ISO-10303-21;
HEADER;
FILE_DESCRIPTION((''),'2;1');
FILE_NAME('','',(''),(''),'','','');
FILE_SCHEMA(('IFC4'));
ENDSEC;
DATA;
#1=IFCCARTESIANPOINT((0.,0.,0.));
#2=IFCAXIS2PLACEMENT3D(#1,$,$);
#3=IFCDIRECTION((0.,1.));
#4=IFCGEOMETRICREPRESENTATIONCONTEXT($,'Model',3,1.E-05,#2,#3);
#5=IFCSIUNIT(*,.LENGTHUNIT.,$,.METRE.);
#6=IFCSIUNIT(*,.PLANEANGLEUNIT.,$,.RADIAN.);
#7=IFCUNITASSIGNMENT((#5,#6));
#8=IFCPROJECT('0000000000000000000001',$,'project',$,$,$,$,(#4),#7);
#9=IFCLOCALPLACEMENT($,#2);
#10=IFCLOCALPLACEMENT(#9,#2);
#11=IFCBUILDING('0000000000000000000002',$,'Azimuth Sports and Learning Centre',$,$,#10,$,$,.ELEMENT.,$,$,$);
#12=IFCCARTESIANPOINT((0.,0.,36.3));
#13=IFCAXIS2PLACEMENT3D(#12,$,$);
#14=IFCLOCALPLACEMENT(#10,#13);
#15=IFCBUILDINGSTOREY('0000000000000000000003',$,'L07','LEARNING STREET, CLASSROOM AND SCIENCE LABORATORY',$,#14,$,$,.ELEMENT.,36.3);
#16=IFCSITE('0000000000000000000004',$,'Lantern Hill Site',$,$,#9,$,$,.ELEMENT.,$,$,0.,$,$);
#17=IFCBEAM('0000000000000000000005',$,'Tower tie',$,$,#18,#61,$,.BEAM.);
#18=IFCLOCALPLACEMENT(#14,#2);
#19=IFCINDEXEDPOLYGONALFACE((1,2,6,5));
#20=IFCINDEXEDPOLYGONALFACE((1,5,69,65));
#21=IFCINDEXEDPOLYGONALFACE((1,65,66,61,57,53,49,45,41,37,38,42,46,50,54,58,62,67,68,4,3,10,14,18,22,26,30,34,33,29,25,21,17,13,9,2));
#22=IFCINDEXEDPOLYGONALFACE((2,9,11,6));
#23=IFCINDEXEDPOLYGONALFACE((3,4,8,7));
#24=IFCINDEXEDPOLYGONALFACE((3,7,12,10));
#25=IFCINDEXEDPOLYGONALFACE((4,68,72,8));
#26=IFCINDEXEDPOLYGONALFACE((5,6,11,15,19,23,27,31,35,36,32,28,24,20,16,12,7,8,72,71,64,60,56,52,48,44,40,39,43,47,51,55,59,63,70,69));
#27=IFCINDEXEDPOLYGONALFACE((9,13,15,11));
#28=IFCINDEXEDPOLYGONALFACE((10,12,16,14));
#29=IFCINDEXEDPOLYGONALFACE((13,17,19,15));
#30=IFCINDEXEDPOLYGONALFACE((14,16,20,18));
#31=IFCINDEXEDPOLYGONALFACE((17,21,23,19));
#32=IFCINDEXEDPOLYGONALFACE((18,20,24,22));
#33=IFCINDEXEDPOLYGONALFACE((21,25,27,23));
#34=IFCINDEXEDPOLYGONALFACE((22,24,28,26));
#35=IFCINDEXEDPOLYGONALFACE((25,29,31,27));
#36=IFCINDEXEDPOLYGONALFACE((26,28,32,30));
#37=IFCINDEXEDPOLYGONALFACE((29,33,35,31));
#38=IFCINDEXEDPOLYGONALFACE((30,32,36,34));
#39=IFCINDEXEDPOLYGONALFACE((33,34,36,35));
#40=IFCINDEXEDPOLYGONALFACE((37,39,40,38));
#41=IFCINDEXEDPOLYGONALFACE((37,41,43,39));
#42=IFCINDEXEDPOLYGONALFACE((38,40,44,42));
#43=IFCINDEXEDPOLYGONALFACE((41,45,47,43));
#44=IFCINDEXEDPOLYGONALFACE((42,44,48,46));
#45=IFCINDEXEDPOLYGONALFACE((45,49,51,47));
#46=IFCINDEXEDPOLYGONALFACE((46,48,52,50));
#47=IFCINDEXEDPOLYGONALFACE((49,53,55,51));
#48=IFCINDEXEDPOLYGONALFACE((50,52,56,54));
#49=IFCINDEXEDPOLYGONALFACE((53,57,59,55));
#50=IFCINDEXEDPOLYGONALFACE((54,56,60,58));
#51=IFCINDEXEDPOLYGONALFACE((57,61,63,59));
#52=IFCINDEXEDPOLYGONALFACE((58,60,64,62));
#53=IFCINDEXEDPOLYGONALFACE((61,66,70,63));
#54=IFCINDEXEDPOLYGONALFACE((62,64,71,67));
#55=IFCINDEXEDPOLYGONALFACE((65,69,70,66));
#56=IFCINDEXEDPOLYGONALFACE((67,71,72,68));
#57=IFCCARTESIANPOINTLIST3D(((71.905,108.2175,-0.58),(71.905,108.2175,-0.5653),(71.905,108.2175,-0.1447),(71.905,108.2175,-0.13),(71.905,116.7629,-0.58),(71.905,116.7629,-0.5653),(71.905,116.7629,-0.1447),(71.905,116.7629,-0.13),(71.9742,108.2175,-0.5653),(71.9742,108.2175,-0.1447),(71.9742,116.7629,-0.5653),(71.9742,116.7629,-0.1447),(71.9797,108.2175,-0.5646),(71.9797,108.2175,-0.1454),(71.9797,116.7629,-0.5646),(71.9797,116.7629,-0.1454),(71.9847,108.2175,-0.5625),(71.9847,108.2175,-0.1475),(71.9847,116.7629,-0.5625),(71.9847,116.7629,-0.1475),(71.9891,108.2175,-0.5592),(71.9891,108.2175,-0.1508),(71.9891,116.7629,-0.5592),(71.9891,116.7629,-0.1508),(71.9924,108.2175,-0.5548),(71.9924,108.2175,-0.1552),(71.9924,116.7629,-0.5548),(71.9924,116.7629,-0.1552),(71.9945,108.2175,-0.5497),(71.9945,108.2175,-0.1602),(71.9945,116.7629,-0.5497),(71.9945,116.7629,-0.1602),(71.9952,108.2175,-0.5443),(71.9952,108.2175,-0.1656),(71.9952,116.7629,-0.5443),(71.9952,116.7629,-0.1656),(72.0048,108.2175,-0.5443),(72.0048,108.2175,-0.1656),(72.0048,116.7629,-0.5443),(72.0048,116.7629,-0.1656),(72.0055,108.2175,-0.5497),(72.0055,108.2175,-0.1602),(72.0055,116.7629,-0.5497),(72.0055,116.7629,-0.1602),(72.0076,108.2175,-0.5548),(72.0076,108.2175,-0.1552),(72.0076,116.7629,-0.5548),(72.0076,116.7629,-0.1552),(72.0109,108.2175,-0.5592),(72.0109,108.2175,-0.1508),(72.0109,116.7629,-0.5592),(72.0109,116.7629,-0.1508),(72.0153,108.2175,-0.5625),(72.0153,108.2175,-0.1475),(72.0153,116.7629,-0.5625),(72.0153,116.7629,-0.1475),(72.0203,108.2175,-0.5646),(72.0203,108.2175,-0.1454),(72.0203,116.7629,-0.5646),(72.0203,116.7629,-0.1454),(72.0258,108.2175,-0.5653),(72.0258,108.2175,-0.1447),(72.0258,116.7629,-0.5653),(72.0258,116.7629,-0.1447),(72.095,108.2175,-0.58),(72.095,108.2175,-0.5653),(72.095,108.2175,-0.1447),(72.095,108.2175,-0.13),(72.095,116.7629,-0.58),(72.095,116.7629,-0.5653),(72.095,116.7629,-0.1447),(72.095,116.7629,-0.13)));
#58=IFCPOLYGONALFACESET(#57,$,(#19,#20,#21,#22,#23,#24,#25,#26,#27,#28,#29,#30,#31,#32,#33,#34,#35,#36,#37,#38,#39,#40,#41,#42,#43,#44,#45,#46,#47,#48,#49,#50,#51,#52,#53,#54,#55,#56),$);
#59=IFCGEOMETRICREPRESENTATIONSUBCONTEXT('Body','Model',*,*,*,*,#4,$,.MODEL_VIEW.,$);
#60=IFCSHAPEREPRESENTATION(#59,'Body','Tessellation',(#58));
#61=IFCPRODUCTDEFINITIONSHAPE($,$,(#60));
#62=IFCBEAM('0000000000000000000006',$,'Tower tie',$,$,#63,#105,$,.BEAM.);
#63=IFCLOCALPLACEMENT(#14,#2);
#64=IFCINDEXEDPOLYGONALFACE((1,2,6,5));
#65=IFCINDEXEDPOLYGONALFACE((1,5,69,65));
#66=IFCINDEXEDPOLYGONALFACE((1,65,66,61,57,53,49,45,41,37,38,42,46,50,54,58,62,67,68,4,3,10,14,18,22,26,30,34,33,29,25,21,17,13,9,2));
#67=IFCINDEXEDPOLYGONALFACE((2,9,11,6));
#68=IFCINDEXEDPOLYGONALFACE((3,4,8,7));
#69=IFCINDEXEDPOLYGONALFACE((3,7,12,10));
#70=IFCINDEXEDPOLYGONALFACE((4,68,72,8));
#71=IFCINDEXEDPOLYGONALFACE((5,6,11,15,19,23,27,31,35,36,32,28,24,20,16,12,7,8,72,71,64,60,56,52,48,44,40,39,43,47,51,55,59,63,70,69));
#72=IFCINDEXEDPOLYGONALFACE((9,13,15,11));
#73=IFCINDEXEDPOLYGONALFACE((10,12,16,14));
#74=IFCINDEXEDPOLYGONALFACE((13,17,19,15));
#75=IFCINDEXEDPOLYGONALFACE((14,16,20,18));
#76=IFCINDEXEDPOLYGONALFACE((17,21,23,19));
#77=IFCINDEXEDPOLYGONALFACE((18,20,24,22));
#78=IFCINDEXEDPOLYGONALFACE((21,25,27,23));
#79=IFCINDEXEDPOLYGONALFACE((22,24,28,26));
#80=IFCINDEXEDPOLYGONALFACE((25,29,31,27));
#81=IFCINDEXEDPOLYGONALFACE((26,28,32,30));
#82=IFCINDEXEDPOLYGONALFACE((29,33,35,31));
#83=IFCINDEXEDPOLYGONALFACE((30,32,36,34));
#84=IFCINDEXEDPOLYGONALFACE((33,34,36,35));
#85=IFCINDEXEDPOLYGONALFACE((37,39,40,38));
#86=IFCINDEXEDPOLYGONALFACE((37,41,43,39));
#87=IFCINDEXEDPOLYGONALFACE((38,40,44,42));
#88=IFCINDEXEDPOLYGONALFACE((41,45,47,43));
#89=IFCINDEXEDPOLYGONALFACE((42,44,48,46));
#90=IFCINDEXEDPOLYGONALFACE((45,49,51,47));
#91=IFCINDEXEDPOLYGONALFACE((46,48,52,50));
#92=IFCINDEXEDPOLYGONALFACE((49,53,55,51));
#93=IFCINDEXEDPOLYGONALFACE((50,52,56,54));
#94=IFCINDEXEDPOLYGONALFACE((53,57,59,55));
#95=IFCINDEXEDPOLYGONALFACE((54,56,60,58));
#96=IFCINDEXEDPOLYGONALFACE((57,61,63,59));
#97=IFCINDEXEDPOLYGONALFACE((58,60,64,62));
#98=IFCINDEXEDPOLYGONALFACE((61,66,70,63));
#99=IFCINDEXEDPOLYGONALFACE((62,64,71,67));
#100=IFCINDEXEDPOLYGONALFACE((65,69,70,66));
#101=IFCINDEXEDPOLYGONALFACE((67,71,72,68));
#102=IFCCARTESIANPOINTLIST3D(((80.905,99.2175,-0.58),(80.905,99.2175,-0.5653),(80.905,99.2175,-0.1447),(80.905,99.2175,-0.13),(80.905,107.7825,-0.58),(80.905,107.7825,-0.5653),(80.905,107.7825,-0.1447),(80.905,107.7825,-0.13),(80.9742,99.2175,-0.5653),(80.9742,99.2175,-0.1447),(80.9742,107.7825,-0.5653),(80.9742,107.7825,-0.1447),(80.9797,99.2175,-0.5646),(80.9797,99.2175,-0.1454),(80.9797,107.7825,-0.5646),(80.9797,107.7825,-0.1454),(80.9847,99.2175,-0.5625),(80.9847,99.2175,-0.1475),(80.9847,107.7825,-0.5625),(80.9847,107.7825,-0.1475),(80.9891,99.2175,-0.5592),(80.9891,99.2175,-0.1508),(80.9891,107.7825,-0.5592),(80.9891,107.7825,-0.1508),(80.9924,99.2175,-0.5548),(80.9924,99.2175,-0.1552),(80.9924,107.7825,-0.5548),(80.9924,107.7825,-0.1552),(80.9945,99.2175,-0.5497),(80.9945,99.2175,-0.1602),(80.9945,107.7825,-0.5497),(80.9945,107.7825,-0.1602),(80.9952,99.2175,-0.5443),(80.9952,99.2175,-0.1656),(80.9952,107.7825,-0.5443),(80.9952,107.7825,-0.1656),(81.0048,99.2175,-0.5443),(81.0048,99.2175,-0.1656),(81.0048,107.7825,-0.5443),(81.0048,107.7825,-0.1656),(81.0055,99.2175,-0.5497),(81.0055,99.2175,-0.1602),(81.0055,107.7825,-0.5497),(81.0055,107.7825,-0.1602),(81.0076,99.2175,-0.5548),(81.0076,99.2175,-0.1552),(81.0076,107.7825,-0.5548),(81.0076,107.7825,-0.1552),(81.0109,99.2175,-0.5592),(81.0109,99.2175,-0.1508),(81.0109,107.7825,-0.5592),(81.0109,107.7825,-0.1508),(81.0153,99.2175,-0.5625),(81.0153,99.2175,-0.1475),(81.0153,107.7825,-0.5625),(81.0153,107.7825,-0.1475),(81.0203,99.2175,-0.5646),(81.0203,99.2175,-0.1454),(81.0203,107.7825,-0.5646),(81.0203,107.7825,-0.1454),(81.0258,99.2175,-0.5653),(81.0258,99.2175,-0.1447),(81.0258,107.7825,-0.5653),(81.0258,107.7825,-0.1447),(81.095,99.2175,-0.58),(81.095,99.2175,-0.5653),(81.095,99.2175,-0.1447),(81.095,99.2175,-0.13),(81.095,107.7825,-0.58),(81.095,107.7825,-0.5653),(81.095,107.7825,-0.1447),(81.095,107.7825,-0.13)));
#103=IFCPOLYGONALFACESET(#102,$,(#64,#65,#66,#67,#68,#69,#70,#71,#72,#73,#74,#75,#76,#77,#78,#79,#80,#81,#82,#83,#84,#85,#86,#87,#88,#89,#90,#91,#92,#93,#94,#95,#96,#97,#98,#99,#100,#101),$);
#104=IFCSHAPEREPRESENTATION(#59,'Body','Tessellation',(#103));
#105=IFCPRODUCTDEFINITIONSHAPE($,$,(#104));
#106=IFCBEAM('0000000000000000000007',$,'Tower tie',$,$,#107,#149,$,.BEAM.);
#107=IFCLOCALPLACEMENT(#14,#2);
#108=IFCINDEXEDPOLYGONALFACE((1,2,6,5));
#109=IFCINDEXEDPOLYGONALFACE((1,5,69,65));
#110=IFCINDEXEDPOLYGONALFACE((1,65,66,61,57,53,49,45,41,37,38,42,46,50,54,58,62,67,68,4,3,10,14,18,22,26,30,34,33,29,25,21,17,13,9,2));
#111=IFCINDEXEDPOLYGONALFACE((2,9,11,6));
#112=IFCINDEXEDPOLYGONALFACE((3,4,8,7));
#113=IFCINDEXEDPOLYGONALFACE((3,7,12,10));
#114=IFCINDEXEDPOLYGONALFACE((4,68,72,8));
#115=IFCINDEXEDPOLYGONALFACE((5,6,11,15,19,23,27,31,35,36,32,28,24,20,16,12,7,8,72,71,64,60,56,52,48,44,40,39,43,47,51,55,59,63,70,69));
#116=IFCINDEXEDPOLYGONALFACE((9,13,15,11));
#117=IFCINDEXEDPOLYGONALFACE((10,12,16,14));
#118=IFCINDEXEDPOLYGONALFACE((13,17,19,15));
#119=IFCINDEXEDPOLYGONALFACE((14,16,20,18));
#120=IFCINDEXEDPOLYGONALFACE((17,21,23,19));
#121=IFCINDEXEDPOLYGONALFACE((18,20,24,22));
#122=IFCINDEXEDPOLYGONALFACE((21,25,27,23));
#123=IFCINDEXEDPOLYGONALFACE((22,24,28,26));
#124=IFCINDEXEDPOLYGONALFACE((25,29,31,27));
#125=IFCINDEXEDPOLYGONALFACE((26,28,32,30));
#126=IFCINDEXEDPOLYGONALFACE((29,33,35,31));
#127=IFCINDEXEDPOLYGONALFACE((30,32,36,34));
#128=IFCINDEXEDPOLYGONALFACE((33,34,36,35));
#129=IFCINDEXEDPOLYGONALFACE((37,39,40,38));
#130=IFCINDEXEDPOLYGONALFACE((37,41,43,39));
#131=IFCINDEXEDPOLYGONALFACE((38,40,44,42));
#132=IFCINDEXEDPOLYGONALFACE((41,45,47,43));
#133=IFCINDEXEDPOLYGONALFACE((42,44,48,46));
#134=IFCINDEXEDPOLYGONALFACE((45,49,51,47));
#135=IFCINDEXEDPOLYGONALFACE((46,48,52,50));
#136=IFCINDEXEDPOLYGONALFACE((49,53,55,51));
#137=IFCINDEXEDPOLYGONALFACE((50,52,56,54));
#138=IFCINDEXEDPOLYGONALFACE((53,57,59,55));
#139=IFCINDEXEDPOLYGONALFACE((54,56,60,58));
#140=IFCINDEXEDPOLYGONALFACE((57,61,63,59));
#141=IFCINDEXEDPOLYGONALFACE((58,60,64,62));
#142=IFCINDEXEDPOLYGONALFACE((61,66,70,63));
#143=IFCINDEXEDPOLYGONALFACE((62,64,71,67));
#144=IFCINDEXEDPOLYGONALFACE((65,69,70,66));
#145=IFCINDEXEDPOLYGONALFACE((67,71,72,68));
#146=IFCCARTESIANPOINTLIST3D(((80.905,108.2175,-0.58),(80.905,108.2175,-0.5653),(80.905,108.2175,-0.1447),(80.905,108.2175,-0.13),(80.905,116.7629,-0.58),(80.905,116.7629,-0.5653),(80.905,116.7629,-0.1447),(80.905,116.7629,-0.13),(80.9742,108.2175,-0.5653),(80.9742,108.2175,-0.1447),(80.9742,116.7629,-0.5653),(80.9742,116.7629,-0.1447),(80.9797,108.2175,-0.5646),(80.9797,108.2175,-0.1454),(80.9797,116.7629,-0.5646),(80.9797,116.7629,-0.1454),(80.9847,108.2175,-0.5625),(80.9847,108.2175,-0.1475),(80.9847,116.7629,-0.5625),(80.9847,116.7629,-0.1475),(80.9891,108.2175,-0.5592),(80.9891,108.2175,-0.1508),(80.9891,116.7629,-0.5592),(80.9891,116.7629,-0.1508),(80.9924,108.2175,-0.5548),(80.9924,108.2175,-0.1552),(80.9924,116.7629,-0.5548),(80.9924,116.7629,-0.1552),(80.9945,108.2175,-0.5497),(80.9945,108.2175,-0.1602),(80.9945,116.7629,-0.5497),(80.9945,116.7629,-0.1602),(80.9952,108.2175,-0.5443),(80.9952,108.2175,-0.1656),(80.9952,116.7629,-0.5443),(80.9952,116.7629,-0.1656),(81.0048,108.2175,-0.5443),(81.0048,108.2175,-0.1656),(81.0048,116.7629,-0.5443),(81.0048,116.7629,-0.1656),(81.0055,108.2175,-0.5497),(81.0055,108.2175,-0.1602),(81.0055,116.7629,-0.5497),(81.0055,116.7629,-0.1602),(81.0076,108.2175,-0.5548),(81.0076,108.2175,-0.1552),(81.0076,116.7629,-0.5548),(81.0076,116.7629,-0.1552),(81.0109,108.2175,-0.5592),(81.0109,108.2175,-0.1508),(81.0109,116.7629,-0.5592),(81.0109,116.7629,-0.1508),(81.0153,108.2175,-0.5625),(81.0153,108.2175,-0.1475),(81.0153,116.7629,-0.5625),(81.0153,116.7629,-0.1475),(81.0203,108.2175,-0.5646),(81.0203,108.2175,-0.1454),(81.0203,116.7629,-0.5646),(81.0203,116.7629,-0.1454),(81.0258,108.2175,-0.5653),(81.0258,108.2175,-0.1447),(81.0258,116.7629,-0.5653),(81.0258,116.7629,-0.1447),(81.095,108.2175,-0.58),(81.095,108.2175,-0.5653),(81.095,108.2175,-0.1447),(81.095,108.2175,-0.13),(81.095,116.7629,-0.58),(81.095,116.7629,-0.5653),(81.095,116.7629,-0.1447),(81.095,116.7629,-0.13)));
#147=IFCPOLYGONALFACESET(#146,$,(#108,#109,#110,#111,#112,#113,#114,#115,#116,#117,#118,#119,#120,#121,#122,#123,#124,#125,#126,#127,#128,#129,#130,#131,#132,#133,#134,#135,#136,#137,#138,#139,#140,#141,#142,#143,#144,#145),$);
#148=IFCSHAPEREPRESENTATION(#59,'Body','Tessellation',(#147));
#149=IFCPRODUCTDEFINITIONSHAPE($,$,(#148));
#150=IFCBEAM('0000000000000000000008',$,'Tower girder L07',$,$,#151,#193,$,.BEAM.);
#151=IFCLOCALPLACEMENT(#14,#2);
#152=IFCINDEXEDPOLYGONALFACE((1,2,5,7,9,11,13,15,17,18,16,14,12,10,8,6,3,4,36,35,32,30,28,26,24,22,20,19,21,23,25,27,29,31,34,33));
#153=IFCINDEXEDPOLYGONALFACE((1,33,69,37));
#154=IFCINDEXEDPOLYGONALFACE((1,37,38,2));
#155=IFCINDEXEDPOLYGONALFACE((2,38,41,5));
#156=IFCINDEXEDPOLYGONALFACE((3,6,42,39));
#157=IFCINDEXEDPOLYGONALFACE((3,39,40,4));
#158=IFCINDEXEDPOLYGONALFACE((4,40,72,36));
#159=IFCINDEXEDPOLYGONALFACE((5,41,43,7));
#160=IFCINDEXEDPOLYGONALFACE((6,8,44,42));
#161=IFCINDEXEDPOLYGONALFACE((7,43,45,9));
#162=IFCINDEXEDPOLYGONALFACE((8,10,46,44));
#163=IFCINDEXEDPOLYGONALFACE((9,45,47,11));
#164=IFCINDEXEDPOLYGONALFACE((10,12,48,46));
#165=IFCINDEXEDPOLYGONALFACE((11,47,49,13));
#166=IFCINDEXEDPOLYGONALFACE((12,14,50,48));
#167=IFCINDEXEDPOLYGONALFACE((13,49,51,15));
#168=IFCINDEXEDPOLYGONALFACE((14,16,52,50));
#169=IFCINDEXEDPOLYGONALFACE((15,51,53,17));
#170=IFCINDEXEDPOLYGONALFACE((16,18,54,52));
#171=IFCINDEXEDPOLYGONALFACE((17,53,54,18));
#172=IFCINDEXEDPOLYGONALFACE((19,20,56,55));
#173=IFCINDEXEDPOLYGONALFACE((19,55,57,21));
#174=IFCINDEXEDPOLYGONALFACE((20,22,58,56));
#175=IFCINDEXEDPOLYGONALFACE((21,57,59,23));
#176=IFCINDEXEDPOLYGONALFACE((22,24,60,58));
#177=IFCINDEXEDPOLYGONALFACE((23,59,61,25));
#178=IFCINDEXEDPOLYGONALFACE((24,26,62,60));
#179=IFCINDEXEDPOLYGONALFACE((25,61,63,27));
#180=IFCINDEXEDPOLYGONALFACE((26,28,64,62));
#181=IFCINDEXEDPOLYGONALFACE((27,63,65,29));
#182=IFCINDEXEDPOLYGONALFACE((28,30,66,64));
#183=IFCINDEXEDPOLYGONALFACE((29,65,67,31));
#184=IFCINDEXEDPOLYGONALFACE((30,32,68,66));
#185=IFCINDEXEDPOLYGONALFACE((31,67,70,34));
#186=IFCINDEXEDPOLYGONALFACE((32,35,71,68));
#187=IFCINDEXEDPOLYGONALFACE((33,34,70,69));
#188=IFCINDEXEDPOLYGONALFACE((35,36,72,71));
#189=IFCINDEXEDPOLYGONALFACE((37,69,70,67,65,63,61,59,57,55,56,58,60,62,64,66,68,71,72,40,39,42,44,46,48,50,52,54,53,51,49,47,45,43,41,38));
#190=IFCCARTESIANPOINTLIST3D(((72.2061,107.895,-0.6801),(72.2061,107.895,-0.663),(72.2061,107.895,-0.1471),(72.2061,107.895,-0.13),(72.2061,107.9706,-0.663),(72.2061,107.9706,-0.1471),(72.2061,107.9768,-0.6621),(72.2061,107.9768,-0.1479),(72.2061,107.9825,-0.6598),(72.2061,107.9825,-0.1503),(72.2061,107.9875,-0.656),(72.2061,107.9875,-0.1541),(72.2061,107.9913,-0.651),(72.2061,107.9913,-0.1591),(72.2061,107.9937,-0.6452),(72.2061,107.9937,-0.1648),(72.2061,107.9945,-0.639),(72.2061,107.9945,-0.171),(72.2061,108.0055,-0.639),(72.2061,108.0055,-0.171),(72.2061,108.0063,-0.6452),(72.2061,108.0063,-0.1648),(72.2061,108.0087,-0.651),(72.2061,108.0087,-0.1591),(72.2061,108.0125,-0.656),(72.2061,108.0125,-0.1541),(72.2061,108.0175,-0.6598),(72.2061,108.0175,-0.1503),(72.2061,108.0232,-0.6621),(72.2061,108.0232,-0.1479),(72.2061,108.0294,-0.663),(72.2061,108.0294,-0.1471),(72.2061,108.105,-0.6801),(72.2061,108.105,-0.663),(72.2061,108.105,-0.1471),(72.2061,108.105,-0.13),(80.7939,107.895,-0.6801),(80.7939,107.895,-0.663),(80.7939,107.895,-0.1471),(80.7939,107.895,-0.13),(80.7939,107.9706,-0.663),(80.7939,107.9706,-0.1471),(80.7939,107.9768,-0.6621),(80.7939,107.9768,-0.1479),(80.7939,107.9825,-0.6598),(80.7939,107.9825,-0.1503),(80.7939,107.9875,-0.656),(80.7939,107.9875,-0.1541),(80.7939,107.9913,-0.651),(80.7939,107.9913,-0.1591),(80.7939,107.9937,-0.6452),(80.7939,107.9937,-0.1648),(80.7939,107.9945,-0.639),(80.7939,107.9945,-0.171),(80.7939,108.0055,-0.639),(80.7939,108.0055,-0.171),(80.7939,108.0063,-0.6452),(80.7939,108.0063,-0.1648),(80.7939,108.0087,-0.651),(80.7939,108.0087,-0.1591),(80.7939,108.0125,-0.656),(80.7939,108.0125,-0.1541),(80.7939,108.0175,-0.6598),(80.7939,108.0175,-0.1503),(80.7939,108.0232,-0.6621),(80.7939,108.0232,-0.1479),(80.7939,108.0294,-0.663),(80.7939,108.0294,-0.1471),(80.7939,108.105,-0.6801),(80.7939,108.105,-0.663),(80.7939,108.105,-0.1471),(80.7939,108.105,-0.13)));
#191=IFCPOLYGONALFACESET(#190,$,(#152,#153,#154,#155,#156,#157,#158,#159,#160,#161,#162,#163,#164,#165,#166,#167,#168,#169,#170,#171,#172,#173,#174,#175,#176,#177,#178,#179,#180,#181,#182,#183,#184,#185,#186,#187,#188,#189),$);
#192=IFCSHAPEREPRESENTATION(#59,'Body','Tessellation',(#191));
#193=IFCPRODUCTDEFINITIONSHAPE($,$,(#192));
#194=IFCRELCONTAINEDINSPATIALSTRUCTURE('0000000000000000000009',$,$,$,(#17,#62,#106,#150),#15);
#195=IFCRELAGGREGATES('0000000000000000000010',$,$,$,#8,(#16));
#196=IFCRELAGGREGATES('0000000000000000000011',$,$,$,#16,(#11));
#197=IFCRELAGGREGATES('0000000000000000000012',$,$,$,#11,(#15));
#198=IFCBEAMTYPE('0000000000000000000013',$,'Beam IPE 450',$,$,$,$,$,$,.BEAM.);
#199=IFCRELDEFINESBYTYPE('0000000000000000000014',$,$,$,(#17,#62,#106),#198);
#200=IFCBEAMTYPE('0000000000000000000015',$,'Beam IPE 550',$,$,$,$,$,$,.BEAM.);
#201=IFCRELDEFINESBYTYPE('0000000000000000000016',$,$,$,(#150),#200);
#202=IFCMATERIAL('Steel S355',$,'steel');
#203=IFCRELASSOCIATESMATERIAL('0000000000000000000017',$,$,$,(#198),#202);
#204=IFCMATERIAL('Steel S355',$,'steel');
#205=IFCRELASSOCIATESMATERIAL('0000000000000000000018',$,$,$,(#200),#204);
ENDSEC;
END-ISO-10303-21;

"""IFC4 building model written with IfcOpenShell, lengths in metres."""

from ifc_helpers import new_model, si_unit, direction, frame, origin, origin_2d, place, context, subcontext, project, spatial, i_section, extrude, material, material_profile, profile_set, type_object, element, save


model = new_model("IFC4")

# Units and contexts
model_context = context("Model", 3, precision=1e-05, world=origin(), true_north=direction((0.0, 1.0)))
body_context = subcontext(model_context, "Body", "Model", "MODEL_VIEW")
ifc_project = project(units=[si_unit("LENGTHUNIT", "METRE"), si_unit("PLANEANGLEUNIT", "RADIAN")], contexts=[model_context])

# Site, building, storey
site_placement = place(None, origin())
site = spatial("IfcSite", under=ifc_project, at=site_placement, Name="Lantern Hill Site", CompositionType="ELEMENT", RefElevation=0.0)
building_placement = place(site_placement, origin())
building = spatial("IfcBuilding", under=site, at=building_placement, Name="Azimuth Sports and Learning Centre", CompositionType="ELEMENT")
storey_placement = place(building_placement, frame((0.0, 0.0, 36.3)))
storey = spatial("IfcBuildingStorey", under=building, at=storey_placement, Name="L07", Description="LEARNING STREET, CLASSROOM AND SCIENCE LABORATORY", CompositionType="ELEMENT", Elevation=36.3)

# Beams
ifc_material_1 = material(Name="Steel S355", Category="steel")
ifc_material_profile_1 = material_profile(ifc_material_1, i_section(OverallWidth=0.1899, OverallDepth=0.45, WebThickness=0.0095, FlangeThickness=0.0146, FilletRadius=0.021, at=origin_2d()), Name="IPE 450")
ifc_profile_set_1 = profile_set([ifc_material_profile_1], Name="Steel S355")
beam_type_1 = type_object("IfcBeamType", Name="Beam IPE 450", PredefinedType="BEAM", material=ifc_profile_set_1)
beam_1_placement = place(storey_placement, frame((72.0, 108.2175, -0.355), z_axis=(0.0, 1.0, 0.0), x_axis=(-1.0, 0.0, 0.0)))
element("IfcBeam", 1, at=beam_1_placement, inside=storey, type_object=beam_type_1, Name="Tower tie", PredefinedType="BEAM", context=body_context, shape_type="SweptSolid", body=[
    extrude(i_section(OverallWidth=0.1899, OverallDepth=0.45, WebThickness=0.0095, FlangeThickness=0.0146, FilletRadius=0.021, at=origin_2d()), origin(), (0.0, 0.0, 1.0), 8.5454),
])
beam_2_placement = place(storey_placement, frame((81.0, 99.2175, -0.355), z_axis=(0.0, 1.0, 0.0), x_axis=(-1.0, 0.0, 0.0)))
element("IfcBeam", 2, at=beam_2_placement, inside=storey, type_object=beam_type_1, Name="Tower tie", PredefinedType="BEAM", context=body_context, shape_type="SweptSolid", body=[
    extrude(i_section(OverallWidth=0.1899, OverallDepth=0.45, WebThickness=0.0095, FlangeThickness=0.0146, FilletRadius=0.021, at=origin_2d()), origin(), (0.0, 0.0, 1.0), 8.5649),
])
beam_3_placement = place(storey_placement, frame((81.0, 108.2175, -0.355), z_axis=(0.0, 1.0, 0.0), x_axis=(-1.0, 0.0, 0.0)))
element("IfcBeam", 3, at=beam_3_placement, inside=storey, type_object=beam_type_1, Name="Tower tie", PredefinedType="BEAM", context=body_context, shape_type="SweptSolid", body=[
    extrude(i_section(OverallWidth=0.1899, OverallDepth=0.45, WebThickness=0.0095, FlangeThickness=0.0146, FilletRadius=0.021, at=origin_2d()), origin(), (0.0, 0.0, 1.0), 8.5454),
])
ifc_material_2 = material(Name="Steel S355", Category="steel")
ifc_material_profile_2 = material_profile(ifc_material_2, i_section(OverallWidth=0.21, OverallDepth=0.55, WebThickness=0.011, FlangeThickness=0.0171, FilletRadius=0.0239, at=origin_2d()), Name="IPE 550")
ifc_profile_set_2 = profile_set([ifc_material_profile_2], Name="Steel S355")
beam_type_2 = type_object("IfcBeamType", Name="Beam IPE 550", PredefinedType="BEAM", material=ifc_profile_set_2)
for number, where, z_axis, x_axis, name in (
    (4, (72.2061, 108.0, -0.405), (1.0, 0.0, 0.0), (0.0, 1.0, 0.0), "Tower girder L07"),
):
    element("IfcBeam", number, at=place(storey_placement, frame(where, z_axis=z_axis, x_axis=x_axis)), inside=storey, type_object=beam_type_2, Name=name, PredefinedType="BEAM", context=body_context, shape_type="SweptSolid", body=[
        extrude(i_section(OverallWidth=0.21, OverallDepth=0.55, WebThickness=0.011, FlangeThickness=0.0171, FilletRadius=0.0239, at=origin_2d()), origin(), (0.0, 0.0, 1.0), 8.5879),
    ])

save(model, "model.ifc")
